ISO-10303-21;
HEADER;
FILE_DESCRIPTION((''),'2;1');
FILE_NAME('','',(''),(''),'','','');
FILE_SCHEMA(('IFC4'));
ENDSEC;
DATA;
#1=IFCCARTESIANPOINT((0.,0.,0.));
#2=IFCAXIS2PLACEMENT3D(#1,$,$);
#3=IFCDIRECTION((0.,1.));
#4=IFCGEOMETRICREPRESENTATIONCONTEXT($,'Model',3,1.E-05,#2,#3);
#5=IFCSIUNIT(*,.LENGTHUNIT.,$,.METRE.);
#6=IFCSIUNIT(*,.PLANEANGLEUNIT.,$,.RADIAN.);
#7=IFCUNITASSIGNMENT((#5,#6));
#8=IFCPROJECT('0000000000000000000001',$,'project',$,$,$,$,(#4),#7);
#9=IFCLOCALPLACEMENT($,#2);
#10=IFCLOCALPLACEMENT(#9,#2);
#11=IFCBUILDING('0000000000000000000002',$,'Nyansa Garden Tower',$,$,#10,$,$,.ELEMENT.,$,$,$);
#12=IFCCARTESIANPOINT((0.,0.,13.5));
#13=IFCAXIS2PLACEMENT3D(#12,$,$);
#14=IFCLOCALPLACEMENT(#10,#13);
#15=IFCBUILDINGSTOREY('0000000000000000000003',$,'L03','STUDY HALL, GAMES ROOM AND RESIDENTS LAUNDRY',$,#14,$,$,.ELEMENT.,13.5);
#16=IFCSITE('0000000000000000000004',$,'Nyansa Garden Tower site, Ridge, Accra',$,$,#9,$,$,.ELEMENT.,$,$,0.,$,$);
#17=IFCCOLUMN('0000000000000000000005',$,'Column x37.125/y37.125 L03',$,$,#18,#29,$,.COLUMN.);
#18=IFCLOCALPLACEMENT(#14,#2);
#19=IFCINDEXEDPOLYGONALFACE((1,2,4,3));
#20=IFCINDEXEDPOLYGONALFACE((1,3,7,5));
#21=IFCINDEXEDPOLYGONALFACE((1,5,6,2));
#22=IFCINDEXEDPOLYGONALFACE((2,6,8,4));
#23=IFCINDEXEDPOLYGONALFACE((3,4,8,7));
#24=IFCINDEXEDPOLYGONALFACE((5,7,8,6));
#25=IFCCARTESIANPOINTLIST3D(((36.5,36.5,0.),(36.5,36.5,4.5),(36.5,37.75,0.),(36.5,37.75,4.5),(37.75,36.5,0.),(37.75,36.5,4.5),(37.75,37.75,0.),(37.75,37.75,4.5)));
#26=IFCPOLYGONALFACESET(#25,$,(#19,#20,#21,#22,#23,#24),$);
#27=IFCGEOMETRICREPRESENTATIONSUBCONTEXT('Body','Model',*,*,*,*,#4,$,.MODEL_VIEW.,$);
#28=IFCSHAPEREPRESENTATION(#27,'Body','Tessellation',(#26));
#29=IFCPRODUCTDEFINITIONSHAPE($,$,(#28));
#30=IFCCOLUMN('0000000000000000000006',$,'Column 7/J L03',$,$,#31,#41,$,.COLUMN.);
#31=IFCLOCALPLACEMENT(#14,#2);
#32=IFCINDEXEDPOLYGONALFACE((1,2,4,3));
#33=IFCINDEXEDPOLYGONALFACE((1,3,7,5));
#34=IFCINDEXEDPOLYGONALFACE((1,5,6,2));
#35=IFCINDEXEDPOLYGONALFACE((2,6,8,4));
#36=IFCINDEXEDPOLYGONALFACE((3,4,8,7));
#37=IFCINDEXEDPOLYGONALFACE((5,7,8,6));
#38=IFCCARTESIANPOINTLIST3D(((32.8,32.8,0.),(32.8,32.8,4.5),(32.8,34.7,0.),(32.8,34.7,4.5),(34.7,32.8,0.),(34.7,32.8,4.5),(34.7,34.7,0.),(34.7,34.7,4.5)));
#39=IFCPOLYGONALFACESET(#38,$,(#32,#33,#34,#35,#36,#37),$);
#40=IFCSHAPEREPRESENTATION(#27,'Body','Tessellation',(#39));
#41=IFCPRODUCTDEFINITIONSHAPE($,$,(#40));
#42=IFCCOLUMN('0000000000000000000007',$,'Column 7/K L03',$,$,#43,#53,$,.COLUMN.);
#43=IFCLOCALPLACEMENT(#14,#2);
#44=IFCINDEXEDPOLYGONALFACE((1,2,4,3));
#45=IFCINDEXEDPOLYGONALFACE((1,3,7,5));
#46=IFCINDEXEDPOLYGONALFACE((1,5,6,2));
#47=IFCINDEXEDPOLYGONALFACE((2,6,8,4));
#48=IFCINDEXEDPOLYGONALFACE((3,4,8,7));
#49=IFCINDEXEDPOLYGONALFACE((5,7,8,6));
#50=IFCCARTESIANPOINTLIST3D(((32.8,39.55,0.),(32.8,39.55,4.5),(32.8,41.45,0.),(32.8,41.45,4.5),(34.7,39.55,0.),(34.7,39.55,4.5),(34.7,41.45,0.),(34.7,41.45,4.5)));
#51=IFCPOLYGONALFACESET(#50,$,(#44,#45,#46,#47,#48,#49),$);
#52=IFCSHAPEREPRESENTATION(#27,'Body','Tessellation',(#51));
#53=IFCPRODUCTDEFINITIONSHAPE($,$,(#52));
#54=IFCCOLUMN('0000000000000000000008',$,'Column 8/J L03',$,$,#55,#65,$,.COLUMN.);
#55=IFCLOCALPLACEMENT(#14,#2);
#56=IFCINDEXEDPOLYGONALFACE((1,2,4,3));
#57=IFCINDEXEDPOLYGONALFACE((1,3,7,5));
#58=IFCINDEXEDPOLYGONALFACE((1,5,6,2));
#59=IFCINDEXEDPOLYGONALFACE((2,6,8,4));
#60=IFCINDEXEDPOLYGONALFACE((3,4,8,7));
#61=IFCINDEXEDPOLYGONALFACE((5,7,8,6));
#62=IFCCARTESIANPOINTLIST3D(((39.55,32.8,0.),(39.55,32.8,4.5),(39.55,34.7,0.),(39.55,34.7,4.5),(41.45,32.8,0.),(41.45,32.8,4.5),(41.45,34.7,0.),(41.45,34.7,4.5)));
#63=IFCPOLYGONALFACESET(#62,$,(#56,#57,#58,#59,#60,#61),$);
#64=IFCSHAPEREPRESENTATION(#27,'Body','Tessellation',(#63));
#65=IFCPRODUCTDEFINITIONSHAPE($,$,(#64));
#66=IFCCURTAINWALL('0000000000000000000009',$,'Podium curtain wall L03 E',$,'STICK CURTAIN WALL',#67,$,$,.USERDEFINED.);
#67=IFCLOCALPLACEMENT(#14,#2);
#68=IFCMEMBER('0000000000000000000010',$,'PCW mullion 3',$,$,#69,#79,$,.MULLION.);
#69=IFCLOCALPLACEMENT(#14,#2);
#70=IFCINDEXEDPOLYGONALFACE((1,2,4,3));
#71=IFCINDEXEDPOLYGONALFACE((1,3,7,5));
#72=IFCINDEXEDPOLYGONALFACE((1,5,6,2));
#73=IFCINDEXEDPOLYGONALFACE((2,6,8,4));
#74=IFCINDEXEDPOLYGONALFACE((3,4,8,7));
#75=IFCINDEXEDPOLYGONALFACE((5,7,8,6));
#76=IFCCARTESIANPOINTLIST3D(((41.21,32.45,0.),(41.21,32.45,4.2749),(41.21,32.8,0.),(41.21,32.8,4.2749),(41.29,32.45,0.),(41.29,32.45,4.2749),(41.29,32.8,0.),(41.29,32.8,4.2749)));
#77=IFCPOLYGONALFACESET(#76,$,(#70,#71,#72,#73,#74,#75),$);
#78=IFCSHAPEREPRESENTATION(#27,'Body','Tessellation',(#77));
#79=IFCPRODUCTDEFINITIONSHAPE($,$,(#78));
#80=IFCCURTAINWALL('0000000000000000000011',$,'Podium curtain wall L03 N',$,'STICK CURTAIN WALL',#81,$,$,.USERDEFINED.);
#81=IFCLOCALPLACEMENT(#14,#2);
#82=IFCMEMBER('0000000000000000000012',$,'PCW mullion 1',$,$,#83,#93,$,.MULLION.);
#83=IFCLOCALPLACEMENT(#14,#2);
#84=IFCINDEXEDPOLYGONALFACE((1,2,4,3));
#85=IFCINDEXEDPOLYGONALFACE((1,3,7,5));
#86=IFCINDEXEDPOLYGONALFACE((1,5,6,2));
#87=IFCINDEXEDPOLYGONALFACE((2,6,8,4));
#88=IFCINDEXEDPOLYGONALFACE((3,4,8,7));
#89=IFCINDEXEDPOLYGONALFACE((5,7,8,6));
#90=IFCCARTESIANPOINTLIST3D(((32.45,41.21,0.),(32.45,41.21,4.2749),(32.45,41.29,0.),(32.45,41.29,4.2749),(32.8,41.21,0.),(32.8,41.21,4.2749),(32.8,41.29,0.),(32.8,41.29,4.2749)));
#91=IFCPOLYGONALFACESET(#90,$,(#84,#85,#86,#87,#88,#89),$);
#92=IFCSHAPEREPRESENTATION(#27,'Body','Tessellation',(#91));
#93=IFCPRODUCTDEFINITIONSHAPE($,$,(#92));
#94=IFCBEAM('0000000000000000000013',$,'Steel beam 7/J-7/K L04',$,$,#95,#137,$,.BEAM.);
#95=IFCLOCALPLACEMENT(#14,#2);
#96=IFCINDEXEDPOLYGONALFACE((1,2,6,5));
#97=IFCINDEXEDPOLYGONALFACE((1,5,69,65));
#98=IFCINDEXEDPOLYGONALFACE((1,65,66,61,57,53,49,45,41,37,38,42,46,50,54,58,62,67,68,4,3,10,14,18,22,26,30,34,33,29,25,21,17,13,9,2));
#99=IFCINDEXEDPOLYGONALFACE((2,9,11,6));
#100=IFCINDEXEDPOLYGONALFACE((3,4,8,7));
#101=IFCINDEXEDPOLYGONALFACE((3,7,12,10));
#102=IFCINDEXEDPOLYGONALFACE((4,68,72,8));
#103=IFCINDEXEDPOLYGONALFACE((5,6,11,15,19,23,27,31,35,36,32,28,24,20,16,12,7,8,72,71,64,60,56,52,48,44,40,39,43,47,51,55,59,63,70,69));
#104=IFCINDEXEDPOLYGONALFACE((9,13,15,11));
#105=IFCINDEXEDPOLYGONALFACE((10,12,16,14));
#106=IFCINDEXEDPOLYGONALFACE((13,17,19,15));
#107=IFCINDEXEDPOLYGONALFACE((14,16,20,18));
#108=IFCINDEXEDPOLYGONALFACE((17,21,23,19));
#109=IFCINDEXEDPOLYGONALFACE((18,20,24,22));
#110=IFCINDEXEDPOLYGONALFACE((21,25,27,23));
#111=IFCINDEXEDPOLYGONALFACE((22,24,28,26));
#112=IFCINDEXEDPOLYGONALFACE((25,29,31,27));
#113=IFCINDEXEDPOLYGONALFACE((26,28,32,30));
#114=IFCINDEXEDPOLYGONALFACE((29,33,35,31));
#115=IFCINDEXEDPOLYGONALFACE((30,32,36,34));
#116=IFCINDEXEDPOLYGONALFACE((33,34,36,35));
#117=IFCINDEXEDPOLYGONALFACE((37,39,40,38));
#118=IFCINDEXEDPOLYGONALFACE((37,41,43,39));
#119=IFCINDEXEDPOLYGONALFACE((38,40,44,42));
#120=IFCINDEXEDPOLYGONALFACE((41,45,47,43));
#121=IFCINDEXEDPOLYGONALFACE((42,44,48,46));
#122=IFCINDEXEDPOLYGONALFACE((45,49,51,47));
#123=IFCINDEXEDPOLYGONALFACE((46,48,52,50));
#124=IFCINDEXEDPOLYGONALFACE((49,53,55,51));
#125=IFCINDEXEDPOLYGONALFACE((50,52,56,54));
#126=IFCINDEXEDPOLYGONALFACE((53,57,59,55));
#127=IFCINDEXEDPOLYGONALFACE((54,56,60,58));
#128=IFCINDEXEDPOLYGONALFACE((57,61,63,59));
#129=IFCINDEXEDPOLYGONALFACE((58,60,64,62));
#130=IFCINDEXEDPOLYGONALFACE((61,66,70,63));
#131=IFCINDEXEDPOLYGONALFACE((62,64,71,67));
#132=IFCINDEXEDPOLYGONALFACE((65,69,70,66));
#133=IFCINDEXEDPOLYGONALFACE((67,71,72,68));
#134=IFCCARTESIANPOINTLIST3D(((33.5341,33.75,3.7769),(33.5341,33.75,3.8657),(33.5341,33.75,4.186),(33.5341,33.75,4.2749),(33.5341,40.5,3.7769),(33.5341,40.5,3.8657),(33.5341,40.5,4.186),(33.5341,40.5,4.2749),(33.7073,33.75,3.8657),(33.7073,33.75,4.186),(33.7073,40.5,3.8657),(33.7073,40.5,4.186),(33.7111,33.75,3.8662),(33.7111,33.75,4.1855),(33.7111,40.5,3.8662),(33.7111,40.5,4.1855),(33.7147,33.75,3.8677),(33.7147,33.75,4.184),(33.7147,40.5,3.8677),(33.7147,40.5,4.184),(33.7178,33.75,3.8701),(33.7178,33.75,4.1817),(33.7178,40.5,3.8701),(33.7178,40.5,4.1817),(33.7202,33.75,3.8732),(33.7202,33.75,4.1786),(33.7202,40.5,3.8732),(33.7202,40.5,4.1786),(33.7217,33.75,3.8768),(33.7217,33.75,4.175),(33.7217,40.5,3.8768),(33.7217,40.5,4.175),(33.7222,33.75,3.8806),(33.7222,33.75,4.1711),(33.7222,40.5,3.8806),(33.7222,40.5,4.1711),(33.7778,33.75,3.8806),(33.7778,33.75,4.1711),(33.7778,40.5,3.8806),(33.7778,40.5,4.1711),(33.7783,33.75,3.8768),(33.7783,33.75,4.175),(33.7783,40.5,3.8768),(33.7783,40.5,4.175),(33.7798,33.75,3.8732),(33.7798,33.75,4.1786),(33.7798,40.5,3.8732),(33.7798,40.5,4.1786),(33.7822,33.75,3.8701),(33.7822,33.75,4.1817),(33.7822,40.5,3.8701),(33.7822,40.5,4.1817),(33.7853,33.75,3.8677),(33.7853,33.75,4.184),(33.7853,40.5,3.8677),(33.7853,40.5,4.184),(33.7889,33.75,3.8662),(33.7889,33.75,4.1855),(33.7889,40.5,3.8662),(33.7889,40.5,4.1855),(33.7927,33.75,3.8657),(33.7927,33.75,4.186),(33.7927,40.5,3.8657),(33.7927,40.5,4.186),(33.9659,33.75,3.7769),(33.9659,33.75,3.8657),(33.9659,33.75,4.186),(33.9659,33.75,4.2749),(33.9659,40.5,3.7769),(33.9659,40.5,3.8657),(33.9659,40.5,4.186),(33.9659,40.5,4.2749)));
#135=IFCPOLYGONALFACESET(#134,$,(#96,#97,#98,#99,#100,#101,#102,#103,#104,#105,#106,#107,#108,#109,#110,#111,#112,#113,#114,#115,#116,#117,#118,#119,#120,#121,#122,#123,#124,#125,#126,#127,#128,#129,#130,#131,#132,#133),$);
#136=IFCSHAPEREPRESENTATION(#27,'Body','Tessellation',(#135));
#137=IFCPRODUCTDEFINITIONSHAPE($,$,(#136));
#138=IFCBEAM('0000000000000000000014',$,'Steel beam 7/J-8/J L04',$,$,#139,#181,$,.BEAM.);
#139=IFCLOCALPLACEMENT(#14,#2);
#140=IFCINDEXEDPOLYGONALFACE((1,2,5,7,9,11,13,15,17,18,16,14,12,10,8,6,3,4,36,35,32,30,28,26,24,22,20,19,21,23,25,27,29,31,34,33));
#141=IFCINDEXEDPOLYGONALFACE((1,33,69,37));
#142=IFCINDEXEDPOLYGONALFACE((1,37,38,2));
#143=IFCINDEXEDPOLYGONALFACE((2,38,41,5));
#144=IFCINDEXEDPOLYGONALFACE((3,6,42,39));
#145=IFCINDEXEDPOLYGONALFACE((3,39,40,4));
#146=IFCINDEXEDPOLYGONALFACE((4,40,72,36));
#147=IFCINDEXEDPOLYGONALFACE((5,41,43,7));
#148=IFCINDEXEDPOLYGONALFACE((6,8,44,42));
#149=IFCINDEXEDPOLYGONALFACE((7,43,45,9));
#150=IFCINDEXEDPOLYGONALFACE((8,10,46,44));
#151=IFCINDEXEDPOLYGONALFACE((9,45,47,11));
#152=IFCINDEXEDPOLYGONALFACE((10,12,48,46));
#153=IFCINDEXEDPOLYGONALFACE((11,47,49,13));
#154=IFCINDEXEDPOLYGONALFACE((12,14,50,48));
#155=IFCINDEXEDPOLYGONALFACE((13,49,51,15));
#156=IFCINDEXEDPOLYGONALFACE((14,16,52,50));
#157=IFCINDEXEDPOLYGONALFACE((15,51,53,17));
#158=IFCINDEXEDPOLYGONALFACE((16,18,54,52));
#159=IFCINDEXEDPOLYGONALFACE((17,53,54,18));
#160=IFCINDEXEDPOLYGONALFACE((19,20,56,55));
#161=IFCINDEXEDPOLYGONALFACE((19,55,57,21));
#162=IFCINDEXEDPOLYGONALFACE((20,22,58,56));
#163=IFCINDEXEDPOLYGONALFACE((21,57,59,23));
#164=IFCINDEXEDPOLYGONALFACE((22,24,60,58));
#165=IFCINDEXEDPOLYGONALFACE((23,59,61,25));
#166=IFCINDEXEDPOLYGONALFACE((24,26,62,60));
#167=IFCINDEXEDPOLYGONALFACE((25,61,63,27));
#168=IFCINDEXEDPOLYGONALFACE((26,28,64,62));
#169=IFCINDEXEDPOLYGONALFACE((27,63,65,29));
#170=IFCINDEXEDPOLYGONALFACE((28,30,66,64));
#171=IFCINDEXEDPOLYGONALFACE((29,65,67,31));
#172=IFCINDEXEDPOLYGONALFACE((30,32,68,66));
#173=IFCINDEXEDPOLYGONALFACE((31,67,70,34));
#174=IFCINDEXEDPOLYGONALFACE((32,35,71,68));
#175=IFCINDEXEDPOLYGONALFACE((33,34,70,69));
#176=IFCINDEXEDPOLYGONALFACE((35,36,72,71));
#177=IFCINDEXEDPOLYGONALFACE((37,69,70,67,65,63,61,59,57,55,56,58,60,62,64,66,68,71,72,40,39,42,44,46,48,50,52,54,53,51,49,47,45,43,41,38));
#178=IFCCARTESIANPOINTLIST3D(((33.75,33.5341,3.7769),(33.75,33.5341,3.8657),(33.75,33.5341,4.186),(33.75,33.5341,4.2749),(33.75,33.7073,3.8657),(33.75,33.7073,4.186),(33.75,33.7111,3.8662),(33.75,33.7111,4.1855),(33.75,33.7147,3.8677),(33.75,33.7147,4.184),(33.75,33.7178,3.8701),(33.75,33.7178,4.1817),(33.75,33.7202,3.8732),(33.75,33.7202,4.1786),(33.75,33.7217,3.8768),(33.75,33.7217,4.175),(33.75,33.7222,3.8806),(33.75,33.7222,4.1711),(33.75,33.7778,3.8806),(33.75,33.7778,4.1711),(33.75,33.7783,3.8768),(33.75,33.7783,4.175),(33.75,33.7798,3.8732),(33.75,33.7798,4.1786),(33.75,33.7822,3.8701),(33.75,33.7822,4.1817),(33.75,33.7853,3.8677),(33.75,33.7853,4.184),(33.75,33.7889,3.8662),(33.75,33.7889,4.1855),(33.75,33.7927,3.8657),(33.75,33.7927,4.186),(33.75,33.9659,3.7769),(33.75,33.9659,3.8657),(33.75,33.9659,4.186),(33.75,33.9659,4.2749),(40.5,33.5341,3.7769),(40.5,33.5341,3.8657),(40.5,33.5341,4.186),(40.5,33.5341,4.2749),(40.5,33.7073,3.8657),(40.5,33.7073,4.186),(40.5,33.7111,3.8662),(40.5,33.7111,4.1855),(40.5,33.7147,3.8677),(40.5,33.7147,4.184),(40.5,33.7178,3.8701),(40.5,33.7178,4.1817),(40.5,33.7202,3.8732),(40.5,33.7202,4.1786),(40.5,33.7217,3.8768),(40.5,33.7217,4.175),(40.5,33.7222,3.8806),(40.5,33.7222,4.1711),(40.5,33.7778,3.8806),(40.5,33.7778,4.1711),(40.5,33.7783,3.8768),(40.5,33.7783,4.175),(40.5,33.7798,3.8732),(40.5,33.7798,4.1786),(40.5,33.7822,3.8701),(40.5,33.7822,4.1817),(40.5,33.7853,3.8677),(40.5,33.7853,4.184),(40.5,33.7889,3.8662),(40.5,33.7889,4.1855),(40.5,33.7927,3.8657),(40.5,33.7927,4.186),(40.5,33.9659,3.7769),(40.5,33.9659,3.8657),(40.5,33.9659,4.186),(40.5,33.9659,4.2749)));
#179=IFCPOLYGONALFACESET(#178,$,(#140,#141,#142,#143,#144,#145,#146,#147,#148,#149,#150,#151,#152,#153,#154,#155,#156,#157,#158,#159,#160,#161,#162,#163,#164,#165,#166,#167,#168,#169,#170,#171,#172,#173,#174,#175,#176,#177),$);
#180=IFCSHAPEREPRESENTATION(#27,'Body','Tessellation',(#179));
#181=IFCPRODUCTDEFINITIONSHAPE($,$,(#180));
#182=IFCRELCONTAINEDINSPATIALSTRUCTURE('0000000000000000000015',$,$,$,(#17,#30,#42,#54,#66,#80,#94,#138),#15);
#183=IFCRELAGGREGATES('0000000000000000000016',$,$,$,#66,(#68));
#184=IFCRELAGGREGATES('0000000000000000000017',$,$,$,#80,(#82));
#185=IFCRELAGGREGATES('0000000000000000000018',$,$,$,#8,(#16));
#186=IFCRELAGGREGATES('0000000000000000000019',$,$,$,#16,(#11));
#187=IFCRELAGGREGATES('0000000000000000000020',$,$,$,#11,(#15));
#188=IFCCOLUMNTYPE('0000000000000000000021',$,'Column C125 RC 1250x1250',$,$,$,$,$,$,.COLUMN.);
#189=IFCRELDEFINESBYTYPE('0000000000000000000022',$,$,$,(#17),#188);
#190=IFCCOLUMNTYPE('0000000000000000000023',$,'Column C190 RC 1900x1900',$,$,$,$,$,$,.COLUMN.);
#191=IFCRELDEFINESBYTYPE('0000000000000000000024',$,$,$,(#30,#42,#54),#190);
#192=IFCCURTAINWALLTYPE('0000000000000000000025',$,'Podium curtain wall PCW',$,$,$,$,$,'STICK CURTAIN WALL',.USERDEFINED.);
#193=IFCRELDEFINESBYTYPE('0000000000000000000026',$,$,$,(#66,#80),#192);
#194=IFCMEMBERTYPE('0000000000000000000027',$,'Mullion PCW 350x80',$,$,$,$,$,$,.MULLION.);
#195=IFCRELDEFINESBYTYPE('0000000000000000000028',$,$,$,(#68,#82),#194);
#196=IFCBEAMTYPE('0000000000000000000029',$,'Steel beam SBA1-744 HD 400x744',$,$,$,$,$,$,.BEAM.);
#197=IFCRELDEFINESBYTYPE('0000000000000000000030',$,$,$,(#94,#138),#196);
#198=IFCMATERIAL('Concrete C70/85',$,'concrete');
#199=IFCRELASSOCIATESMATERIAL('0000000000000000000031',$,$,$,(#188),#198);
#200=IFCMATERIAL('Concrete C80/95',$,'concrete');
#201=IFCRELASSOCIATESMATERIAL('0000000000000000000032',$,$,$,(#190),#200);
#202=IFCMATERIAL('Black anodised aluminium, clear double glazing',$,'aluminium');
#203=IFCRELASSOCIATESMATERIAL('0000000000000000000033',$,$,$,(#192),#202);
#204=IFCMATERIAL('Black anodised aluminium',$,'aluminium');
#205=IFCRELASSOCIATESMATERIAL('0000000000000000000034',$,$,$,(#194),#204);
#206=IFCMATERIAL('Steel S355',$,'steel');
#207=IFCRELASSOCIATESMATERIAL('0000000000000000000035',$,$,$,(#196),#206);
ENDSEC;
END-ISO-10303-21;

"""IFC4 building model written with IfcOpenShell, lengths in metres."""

from ifc_helpers import new_model, si_unit, direction, frame, origin, origin_2d, place, context, subcontext, project, spatial, rectangle, i_section, extrude, material, material_profile, profile_set, type_object, element, aggregate, save


model = new_model("IFC4")

# Units and contexts
model_context = context("Model", 3, precision=1e-05, world=origin(), true_north=direction((0.0, 1.0)))
body_context = subcontext(model_context, "Body", "Model", "MODEL_VIEW")
ifc_project = project(units=[si_unit("LENGTHUNIT", "METRE"), si_unit("PLANEANGLEUNIT", "RADIAN")], contexts=[model_context])

# Site, building, storey
site_placement = place(None, origin())
site = spatial("IfcSite", under=ifc_project, at=site_placement, Name="Nyansa Garden Tower site, Ridge, Accra", CompositionType="ELEMENT", RefElevation=0.0)
building_placement = place(site_placement, origin())
building = spatial("IfcBuilding", under=site, at=building_placement, Name="Nyansa Garden Tower", CompositionType="ELEMENT")
storey_placement = place(building_placement, frame((0.0, 0.0, 13.5)))
storey = spatial("IfcBuildingStorey", under=building, at=storey_placement, Name="L03", Description="STUDY HALL, GAMES ROOM AND RESIDENTS LAUNDRY", CompositionType="ELEMENT", Elevation=13.5)

# Columns
ifc_material_1 = material(Name="Concrete C70/85", Category="concrete")
ifc_material_profile_1 = material_profile(ifc_material_1, rectangle(XDim=1.25, YDim=1.25, at=origin_2d()), Name="RC 1250x1250")
ifc_profile_set_1 = profile_set([ifc_material_profile_1], Name="Concrete C70/85")
column_type_1 = type_object("IfcColumnType", Name="Column C125 RC 1250x1250", PredefinedType="COLUMN", material=ifc_profile_set_1)
column_placement = place(storey_placement, frame((37.125, 37.125, 0.0), z_axis=(0.0, 0.0, 1.0), x_axis=(1.0, 0.0, 0.0)))
element("IfcColumn", 1, at=column_placement, inside=storey, type_object=column_type_1, Name="Column x37.125/y37.125 L03", PredefinedType="COLUMN", context=body_context, shape_type="SweptSolid", body=[
    extrude(rectangle(XDim=1.25, YDim=1.25, at=origin_2d()), origin(), (0.0, 0.0, 1.0), 4.5),
])
ifc_material_2 = material(Name="Concrete C80/95", Category="concrete")
ifc_material_profile_2 = material_profile(ifc_material_2, rectangle(XDim=1.8999, YDim=1.8999, at=origin_2d()), Name="RC 1900x1900")
ifc_profile_set_2 = profile_set([ifc_material_profile_2], Name="Concrete C80/95")
column_type_2 = type_object("IfcColumnType", Name="Column C190 RC 1900x1900", PredefinedType="COLUMN", material=ifc_profile_set_2)
for number, where, z_axis, x_axis, name in (
    (2, (33.75, 33.75, 0.0), (0.0, 0.0, 1.0), (1.0, 0.0, 0.0), "Column 7/J L03"),
    (3, (33.75, 40.5, 0.0), (0.0, 0.0, 1.0), (1.0, 0.0, 0.0), "Column 7/K L03"),
    (4, (40.5, 33.75, 0.0), (0.0, 0.0, 1.0), (1.0, 0.0, 0.0), "Column 8/J L03"),
):
    element("IfcColumn", number, at=place(storey_placement, frame(where, z_axis=z_axis, x_axis=x_axis)), inside=storey, type_object=column_type_2, Name=name, PredefinedType="COLUMN", context=body_context, shape_type="SweptSolid", body=[
        extrude(rectangle(XDim=1.8999, YDim=1.8999, at=origin_2d()), origin(), (0.0, 0.0, 1.0), 4.5),
    ])

# Curtain walls, members
ifc_material_3 = material(Name="Black anodised aluminium, clear double glazing", Category="aluminium")
curtain_wall_type = type_object("IfcCurtainWallType", Name="Podium curtain wall PCW", ElementType="STICK CURTAIN WALL", PredefinedType="USERDEFINED", material=ifc_material_3)
curtain_wall_1_placement = place(storey_placement, origin())
curtain_wall_1 = element("IfcCurtainWall", 5, at=curtain_wall_1_placement, inside=storey, type_object=curtain_wall_type, Name="Podium curtain wall L03 E", ObjectType="STICK CURTAIN WALL", PredefinedType="USERDEFINED")
ifc_material_4 = material(Name="Black anodised aluminium", Category="aluminium")
ifc_material_profile_3 = material_profile(ifc_material_4, rectangle(XDim=0.0801, YDim=0.3501, at=origin_2d()), Name="Mullion 350x80")
ifc_profile_set_3 = profile_set([ifc_material_profile_3], Name="Black anodised aluminium")
member_type_1 = type_object("IfcMemberType", Name="Mullion PCW 350x80", PredefinedType="MULLION", material=ifc_profile_set_3)
member_1_placement = place(storey_placement, frame((41.25, 32.625, 0.0), z_axis=(0.0, 0.0, 1.0), x_axis=(-1.0, 0.0, 0.0)))
member_1 = element("IfcMember", 6, at=member_1_placement, type_object=member_type_1, Name="PCW mullion 3", PredefinedType="MULLION", context=body_context, shape_type="SweptSolid", body=[
    extrude(rectangle(XDim=0.0801, YDim=0.3501, at=origin_2d()), origin(), (0.0, 0.0, 1.0), 4.2749),
])
curtain_wall_2_placement = place(storey_placement, origin())
curtain_wall_2 = element("IfcCurtainWall", 7, at=curtain_wall_2_placement, inside=storey, type_object=curtain_wall_type, Name="Podium curtain wall L03 N", ObjectType="STICK CURTAIN WALL", PredefinedType="USERDEFINED")
member_2_placement = place(storey_placement, frame((32.625, 41.25, 0.0), z_axis=(0.0, 0.0, 1.0), x_axis=(0.0, -1.0, 0.0)))
member_2 = element("IfcMember", 8, at=member_2_placement, type_object=member_type_1, Name="PCW mullion 1", PredefinedType="MULLION", context=body_context, shape_type="SweptSolid", body=[
    extrude(rectangle(XDim=0.0801, YDim=0.3501, at=origin_2d()), origin(), (0.0, 0.0, 1.0), 4.2749),
])

# Beams
ifc_material_5 = material(Name="Steel S355", Category="steel")
ifc_material_profile_4 = material_profile(ifc_material_5, i_section(OverallWidth=0.4319, OverallDepth=0.498, WebThickness=0.0557, FlangeThickness=0.0889, FilletRadius=0.0149, at=origin_2d()), Name="HD 400x744")
ifc_profile_set_4 = profile_set([ifc_material_profile_4], Name="Steel S355")
beam_type_1 = type_object("IfcBeamType", Name="Steel beam SBA1-744 HD 400x744", PredefinedType="BEAM", material=ifc_profile_set_4)
for number, where, z_axis, x_axis, name in (
    (9, (33.75, 33.75, 4.0259), (0.0, 1.0, 0.0), (-1.0, 0.0, 0.0), "Steel beam 7/J-7/K L04"),
    (10, (33.75, 33.75, 4.0259), (1.0, 0.0, 0.0), (0.0, 1.0, 0.0), "Steel beam 7/J-8/J L04"),
):
    element("IfcBeam", number, at=place(storey_placement, frame(where, z_axis=z_axis, x_axis=x_axis)), inside=storey, type_object=beam_type_1, Name=name, PredefinedType="BEAM", context=body_context, shape_type="SweptSolid", body=[
        extrude(i_section(OverallWidth=0.4319, OverallDepth=0.498, WebThickness=0.0557, FlangeThickness=0.0889, FilletRadius=0.0149, at=origin_2d()), origin(), (0.0, 0.0, 1.0), 6.75),
    ])

aggregate(curtain_wall_1, [member_1])
aggregate(curtain_wall_2, [member_2])

save(model, "model.ifc")
